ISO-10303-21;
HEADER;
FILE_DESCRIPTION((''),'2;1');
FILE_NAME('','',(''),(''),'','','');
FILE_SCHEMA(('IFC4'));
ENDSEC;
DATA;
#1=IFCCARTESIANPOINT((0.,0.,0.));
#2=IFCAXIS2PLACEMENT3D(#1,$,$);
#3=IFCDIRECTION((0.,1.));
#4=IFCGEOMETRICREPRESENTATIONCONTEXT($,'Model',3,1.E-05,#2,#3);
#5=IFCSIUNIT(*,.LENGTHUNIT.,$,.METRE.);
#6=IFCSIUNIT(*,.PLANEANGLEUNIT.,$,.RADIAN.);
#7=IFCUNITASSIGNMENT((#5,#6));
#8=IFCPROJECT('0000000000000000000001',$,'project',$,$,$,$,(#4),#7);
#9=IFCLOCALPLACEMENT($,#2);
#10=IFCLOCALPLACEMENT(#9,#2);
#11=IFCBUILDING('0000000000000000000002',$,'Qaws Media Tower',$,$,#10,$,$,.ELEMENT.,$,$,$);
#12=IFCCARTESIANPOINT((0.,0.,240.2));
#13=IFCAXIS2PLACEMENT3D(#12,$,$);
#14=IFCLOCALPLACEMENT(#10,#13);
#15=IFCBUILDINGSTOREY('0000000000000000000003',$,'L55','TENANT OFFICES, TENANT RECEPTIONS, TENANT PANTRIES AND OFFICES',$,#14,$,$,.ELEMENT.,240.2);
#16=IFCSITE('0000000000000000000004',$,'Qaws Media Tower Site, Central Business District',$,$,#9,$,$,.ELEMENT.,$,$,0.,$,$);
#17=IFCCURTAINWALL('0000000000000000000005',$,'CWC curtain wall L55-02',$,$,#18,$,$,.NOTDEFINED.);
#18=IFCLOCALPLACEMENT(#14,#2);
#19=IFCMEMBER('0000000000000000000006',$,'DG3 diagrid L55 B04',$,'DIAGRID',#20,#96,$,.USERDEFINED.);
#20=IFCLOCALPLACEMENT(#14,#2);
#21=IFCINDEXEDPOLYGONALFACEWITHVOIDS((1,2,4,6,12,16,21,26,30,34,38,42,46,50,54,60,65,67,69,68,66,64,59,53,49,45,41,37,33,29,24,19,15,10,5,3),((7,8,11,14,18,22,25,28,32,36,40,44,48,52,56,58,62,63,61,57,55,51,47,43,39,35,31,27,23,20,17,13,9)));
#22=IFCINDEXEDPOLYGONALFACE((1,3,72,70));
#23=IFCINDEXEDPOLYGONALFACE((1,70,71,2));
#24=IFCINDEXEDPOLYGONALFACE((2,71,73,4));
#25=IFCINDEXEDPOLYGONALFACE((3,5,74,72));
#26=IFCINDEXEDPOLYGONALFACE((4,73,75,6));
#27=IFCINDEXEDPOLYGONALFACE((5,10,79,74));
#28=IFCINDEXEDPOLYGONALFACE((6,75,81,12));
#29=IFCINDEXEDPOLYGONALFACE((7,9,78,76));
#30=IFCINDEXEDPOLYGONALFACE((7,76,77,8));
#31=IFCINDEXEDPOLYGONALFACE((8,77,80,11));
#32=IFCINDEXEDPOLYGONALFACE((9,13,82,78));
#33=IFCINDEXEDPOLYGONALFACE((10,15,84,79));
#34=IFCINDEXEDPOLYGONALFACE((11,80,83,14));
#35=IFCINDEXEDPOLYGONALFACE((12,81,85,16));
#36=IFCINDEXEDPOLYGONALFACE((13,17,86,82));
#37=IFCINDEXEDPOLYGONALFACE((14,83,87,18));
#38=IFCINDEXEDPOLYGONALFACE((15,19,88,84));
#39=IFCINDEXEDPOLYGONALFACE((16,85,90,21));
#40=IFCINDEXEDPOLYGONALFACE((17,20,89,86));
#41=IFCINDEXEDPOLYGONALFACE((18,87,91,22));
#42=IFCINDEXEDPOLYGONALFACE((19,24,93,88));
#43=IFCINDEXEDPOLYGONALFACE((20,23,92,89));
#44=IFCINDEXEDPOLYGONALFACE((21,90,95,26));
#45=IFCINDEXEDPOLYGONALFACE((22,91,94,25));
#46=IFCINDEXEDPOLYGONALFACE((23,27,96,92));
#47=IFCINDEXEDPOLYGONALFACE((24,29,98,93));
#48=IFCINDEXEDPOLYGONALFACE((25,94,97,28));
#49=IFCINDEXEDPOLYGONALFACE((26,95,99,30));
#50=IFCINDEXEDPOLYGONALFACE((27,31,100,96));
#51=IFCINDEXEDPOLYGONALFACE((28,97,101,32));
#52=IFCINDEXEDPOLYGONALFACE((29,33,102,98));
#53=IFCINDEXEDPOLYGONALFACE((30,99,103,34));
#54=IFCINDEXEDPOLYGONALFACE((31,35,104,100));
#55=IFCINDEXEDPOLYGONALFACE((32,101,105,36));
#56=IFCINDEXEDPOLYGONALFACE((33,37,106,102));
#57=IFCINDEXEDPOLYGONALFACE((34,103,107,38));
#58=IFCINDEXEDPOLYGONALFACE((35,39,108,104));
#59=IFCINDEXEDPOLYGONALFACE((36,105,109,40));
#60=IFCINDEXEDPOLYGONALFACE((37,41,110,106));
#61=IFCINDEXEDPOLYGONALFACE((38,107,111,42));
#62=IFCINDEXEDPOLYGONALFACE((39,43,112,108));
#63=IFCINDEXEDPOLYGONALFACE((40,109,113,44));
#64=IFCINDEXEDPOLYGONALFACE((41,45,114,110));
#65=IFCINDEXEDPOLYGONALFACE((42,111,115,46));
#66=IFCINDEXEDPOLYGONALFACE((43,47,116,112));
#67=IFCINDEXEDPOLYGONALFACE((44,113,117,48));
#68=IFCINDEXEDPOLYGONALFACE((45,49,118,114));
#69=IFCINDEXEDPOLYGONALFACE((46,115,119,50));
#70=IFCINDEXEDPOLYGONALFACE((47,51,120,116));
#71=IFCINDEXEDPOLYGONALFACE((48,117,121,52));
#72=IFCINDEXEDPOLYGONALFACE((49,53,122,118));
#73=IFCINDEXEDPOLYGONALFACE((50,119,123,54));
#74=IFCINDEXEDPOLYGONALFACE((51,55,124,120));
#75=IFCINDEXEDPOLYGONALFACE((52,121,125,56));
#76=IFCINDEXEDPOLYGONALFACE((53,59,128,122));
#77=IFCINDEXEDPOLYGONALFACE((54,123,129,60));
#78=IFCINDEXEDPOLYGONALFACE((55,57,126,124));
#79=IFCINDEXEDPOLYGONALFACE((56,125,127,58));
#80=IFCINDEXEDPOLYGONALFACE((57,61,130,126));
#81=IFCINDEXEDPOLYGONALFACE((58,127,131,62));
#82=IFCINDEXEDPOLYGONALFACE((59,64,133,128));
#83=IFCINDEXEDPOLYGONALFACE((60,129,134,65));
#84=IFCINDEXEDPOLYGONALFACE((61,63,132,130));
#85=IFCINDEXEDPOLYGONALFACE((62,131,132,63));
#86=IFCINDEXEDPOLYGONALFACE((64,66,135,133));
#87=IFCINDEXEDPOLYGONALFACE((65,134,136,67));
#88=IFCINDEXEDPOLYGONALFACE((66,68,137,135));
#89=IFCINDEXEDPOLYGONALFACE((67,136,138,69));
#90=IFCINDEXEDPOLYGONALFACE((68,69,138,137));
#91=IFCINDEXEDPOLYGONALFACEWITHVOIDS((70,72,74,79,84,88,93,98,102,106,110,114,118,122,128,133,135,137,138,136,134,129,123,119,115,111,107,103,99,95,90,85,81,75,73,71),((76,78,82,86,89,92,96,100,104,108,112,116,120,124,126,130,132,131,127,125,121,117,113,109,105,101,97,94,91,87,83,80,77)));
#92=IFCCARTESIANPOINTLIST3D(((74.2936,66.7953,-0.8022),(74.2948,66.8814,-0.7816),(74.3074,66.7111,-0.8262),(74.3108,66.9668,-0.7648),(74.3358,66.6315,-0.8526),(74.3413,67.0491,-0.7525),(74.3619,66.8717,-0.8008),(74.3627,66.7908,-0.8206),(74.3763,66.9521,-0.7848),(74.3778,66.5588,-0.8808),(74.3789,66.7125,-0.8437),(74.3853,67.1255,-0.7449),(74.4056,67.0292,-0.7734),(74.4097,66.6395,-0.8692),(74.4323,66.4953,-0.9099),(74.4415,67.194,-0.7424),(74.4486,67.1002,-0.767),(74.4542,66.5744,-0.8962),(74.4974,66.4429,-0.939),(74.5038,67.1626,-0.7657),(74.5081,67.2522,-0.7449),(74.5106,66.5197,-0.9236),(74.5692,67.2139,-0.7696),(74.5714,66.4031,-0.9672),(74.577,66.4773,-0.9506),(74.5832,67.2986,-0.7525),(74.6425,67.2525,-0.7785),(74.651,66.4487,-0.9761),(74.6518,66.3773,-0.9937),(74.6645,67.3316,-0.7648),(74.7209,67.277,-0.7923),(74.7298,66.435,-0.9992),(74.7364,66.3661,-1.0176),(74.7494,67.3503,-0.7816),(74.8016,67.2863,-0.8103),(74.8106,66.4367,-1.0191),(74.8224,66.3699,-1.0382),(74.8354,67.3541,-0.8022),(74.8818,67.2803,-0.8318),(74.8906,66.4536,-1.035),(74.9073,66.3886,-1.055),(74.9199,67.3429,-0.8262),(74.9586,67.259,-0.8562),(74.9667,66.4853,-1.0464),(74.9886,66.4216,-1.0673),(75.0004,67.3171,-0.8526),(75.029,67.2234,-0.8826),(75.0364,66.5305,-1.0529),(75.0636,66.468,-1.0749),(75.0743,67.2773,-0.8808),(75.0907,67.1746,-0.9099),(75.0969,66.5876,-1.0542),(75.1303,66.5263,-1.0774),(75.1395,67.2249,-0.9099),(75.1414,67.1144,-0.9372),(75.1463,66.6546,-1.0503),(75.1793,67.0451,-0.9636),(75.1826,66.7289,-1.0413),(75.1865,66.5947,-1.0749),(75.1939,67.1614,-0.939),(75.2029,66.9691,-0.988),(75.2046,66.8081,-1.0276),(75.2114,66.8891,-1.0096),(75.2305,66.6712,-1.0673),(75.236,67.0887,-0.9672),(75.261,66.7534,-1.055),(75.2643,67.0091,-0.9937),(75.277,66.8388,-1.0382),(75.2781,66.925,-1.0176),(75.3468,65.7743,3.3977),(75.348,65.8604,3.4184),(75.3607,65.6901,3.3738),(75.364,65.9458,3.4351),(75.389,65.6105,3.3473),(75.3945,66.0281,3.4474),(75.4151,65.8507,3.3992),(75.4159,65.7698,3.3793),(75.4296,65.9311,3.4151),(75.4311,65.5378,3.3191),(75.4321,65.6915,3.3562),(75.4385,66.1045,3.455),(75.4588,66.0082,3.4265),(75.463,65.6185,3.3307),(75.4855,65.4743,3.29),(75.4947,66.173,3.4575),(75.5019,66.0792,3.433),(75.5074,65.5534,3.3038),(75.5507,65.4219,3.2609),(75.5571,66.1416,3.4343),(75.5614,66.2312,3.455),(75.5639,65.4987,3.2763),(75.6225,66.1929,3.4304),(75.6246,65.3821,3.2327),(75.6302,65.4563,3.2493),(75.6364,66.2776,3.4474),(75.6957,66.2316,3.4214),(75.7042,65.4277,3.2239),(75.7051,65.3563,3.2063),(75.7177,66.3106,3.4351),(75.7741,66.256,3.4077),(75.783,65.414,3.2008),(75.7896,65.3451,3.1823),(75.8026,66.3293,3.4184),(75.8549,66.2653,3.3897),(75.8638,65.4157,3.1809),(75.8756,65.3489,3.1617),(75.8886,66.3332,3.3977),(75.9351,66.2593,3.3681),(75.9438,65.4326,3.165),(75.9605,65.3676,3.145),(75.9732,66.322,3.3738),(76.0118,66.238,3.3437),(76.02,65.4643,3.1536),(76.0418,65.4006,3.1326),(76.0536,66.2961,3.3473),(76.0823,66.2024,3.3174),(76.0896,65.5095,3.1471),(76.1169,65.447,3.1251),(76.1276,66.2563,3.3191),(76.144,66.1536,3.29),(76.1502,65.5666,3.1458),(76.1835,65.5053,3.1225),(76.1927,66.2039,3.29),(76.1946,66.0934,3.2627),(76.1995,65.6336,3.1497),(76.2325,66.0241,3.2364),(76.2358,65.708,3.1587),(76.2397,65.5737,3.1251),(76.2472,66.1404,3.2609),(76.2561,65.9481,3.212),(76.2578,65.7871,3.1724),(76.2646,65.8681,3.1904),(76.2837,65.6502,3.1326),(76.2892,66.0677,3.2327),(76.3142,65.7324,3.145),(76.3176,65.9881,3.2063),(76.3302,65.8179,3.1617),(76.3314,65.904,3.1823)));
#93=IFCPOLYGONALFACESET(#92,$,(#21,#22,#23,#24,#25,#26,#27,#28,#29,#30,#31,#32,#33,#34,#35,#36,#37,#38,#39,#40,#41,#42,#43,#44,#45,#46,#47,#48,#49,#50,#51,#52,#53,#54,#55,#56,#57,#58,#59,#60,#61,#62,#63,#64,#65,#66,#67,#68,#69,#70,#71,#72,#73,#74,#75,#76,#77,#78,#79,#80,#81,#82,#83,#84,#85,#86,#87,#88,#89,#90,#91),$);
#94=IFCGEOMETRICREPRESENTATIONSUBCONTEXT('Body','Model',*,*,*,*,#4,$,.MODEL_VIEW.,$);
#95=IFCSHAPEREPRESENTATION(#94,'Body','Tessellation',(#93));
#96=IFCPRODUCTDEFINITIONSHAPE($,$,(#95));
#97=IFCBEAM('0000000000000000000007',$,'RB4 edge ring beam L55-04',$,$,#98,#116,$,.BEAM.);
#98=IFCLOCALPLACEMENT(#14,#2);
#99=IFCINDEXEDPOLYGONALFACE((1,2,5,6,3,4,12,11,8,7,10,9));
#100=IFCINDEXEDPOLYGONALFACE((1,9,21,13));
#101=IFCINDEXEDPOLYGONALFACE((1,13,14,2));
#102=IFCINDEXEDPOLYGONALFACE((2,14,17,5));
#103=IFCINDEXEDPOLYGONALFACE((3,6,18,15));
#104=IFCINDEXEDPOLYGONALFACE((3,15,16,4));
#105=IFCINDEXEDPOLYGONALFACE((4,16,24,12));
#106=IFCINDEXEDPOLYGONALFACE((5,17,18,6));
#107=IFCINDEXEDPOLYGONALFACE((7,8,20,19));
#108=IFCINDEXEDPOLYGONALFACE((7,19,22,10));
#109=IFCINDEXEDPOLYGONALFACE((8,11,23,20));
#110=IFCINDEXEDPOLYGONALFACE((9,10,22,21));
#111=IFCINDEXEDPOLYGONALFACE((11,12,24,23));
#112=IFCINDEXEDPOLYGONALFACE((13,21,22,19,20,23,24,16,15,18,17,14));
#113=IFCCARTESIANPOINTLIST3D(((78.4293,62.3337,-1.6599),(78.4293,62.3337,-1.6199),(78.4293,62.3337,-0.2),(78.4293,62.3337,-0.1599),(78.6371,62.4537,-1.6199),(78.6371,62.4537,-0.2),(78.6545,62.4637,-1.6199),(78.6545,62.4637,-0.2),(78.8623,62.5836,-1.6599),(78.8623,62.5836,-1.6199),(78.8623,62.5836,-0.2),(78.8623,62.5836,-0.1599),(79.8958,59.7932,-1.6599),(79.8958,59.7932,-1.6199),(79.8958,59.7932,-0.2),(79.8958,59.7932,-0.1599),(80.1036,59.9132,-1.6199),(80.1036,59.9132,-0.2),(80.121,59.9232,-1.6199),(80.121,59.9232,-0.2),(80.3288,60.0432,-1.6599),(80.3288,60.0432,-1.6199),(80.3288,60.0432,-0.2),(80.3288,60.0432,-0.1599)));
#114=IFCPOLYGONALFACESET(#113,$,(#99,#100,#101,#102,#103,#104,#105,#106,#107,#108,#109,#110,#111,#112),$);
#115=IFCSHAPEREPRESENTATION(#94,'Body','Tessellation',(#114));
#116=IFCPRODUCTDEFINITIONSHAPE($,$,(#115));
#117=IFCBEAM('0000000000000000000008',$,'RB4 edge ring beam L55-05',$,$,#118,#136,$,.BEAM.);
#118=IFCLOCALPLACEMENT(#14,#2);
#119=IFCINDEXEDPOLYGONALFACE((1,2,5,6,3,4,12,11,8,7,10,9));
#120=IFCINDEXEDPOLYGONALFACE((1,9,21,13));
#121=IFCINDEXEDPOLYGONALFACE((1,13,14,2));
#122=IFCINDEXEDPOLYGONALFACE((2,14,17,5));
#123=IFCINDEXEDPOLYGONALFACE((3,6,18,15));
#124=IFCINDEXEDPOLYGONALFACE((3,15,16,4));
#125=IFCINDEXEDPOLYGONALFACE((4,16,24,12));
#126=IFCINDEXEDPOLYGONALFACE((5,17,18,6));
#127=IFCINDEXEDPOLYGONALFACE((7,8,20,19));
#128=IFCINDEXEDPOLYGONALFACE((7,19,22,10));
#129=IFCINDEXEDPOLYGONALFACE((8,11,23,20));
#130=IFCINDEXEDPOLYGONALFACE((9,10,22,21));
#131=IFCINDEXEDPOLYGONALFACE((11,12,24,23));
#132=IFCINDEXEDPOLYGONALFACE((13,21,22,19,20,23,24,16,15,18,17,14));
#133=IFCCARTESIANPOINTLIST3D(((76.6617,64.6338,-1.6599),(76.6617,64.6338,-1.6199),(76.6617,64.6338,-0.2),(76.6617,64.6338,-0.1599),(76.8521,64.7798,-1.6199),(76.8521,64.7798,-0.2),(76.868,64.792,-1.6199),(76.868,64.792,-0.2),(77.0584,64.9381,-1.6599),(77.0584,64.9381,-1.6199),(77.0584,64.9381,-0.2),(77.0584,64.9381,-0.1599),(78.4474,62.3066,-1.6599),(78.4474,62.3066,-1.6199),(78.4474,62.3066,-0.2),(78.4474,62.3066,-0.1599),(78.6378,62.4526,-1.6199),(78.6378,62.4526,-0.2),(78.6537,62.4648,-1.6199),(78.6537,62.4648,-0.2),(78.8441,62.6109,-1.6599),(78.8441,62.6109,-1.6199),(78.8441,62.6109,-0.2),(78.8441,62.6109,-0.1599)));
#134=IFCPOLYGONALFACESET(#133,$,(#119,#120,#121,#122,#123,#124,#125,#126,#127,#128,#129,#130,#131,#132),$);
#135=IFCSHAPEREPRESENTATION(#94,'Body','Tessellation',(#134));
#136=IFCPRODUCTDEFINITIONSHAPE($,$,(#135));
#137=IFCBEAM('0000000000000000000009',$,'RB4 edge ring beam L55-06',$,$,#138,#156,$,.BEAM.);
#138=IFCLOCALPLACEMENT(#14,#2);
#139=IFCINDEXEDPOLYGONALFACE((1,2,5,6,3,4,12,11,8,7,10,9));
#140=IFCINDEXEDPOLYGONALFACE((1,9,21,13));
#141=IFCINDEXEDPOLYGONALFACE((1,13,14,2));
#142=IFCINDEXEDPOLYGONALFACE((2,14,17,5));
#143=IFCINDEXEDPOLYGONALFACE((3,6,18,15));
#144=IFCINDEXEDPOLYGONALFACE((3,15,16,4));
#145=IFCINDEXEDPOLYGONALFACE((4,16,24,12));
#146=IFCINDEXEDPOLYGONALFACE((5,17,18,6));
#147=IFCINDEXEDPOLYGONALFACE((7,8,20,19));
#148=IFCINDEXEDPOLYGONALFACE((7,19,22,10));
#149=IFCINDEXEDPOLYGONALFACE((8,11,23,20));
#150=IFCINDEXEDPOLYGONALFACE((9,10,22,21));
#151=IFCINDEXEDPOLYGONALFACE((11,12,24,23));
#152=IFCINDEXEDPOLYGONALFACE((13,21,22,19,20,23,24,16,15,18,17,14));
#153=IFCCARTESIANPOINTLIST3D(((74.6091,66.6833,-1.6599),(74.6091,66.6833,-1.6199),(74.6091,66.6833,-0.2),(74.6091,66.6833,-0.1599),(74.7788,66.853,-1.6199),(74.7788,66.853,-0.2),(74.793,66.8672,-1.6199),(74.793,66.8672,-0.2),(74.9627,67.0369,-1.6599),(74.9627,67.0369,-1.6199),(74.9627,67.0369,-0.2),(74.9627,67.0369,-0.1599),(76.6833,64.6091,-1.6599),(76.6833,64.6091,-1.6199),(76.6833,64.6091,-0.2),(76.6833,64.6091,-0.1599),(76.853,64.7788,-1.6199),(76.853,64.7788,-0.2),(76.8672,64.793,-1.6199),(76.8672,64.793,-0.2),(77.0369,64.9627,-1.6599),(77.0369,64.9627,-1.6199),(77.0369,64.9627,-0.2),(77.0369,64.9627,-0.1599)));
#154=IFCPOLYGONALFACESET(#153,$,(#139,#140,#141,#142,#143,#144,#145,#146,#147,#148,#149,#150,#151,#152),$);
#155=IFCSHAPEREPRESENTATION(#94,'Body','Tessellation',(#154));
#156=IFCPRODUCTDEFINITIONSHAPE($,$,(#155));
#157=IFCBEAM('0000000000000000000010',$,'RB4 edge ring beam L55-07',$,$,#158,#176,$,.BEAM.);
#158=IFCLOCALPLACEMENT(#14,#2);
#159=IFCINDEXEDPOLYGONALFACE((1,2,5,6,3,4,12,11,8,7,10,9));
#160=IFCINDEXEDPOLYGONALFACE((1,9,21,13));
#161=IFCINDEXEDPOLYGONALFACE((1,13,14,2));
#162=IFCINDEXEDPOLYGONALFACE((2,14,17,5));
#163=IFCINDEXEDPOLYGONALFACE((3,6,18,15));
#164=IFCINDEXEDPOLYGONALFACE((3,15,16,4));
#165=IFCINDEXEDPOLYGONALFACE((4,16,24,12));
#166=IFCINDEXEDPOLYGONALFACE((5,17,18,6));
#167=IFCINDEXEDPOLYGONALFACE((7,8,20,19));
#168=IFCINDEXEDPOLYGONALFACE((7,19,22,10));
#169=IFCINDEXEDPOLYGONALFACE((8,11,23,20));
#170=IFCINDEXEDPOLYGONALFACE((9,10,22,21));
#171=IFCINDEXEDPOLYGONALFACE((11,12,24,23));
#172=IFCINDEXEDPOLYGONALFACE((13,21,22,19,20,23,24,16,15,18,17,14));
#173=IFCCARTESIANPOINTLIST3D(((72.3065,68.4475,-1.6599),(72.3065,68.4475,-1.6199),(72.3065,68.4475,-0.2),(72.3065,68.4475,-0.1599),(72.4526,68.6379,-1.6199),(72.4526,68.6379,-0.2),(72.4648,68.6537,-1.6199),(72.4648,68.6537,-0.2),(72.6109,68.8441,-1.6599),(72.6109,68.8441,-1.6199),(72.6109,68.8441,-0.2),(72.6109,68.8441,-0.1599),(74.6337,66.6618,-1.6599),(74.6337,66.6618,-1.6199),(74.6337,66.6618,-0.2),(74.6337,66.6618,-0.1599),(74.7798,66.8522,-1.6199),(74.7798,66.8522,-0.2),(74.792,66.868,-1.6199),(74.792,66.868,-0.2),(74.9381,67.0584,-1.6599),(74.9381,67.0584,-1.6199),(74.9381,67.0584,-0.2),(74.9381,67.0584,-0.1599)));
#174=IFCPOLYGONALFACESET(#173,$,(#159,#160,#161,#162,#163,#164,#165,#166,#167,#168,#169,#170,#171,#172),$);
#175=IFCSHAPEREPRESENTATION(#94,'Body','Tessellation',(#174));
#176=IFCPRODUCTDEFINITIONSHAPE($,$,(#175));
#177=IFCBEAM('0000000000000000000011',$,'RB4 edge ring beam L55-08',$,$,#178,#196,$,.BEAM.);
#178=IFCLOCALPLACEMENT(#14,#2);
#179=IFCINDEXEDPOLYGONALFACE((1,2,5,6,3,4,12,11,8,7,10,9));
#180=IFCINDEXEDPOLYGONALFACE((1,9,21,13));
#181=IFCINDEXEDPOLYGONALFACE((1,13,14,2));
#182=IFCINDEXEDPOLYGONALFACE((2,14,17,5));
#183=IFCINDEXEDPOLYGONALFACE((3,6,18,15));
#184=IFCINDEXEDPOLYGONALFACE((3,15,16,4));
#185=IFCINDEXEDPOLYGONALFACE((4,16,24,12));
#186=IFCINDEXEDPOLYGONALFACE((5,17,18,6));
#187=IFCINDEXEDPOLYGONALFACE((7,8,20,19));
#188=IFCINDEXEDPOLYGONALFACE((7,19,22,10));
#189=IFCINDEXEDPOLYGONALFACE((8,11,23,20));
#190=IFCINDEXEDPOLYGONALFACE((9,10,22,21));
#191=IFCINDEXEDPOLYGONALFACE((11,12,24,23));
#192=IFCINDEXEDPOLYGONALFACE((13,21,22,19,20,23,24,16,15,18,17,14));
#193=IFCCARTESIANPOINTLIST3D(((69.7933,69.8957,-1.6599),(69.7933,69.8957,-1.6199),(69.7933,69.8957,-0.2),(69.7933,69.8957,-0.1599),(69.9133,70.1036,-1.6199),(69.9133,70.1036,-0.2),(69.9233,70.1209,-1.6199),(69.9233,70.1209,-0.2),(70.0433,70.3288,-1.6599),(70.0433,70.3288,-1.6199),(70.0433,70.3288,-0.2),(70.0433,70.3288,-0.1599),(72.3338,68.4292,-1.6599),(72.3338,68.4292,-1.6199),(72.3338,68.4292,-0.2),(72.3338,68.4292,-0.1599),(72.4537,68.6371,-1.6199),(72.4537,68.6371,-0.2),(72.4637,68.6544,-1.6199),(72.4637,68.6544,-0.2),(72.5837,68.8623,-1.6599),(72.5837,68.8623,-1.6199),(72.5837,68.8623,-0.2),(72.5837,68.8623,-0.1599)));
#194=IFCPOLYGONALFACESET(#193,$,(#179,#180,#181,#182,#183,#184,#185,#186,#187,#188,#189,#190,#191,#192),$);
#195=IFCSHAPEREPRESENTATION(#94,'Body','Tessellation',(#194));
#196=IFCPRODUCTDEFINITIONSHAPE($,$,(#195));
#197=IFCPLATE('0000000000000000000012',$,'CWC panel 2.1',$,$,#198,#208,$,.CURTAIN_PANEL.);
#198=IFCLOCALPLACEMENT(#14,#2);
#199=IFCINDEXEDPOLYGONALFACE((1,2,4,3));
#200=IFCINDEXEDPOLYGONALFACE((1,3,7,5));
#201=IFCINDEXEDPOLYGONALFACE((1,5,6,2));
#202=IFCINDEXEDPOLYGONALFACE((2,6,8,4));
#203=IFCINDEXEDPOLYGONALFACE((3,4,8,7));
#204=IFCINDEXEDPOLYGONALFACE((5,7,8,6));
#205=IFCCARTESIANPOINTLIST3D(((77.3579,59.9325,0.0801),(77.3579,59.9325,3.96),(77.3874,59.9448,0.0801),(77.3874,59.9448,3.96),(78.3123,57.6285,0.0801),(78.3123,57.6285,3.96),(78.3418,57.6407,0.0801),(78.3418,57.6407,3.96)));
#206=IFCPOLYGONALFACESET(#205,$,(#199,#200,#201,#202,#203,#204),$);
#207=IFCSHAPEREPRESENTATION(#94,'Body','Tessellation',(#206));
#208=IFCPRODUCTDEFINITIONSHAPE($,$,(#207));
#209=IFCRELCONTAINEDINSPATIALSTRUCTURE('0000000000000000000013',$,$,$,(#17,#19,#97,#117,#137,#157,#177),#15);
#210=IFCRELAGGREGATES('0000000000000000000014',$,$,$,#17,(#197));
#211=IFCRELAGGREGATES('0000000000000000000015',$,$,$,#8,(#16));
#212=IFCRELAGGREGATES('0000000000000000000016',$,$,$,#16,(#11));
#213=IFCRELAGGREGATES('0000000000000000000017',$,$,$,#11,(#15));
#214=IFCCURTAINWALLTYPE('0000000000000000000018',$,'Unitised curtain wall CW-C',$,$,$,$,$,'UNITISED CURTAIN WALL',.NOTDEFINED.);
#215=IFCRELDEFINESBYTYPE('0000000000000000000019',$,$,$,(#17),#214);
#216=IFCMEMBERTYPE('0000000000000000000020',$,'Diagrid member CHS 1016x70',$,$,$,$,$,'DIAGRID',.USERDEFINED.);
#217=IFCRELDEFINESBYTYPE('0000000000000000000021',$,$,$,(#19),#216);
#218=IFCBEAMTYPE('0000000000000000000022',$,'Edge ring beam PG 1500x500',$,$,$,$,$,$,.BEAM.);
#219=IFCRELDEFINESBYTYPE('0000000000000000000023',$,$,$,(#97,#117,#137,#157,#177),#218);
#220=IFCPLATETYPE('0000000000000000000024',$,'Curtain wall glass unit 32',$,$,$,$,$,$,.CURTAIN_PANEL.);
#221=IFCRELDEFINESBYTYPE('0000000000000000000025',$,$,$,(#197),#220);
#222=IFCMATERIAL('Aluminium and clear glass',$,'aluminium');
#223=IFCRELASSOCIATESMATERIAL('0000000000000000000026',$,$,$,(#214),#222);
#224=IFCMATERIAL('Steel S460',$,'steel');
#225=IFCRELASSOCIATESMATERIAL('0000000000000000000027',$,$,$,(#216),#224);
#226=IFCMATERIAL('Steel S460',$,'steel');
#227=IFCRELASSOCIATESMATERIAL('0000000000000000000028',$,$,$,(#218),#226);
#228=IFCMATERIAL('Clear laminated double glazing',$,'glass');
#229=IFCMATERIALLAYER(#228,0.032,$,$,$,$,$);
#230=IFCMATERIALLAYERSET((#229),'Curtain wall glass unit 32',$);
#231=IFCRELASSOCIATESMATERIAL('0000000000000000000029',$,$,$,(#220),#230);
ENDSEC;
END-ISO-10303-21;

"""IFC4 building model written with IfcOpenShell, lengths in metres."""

from ifc_helpers import new_model, si_unit, direction, frame, origin, origin_2d, place, context, subcontext, project, spatial, rectangle, hollow_circle, i_section, extrude, material, layer, layer_set, material_profile, profile_set, type_object, element, aggregate, save


model = new_model("IFC4")

# Units and contexts
model_context = context("Model", 3, precision=1e-05, world=origin(), true_north=direction((0.0, 1.0)))
body_context = subcontext(model_context, "Body", "Model", "MODEL_VIEW")
ifc_project = project(units=[si_unit("LENGTHUNIT", "METRE"), si_unit("PLANEANGLEUNIT", "RADIAN")], contexts=[model_context])

# Site, building, storey
site_placement = place(None, origin())
site = spatial("IfcSite", under=ifc_project, at=site_placement, Name="Qaws Media Tower Site, Central Business District", CompositionType="ELEMENT", RefElevation=0.0)
building_placement = place(site_placement, origin())
building = spatial("IfcBuilding", under=site, at=building_placement, Name="Qaws Media Tower", CompositionType="ELEMENT")
storey_placement = place(building_placement, frame((0.0, 0.0, 240.2)))
storey = spatial("IfcBuildingStorey", under=building, at=storey_placement, Name="L55", Description="TENANT OFFICES, TENANT RECEPTIONS, TENANT PANTRIES AND OFFICES", CompositionType="ELEMENT", Elevation=240.2)

# Curtain wall
ifc_material_1 = material(Name="Aluminium and clear glass", Category="aluminium")
curtain_wall_type = type_object("IfcCurtainWallType", Name="Unitised curtain wall CW-C", ElementType="UNITISED CURTAIN WALL", PredefinedType="NOTDEFINED", material=ifc_material_1)
curtain_wall_1_placement = place(storey_placement, origin())
curtain_wall_1 = element("IfcCurtainWall", 1, at=curtain_wall_1_placement, inside=storey, type_object=curtain_wall_type, Name="CWC curtain wall L55-02", PredefinedType="NOTDEFINED")

# Member
ifc_material_2 = material(Name="Steel S460", Category="steel")
ifc_material_profile_1 = material_profile(ifc_material_2, hollow_circle(Radius=0.5081, WallThickness=0.0701, at=origin_2d()), Name="CHS 1016x70")
ifc_profile_set_1 = profile_set([ifc_material_profile_1], Name="Steel S460")
member_type_1 = type_object("IfcMemberType", Name="Diagrid member CHS 1016x70", ElementType="DIAGRID", PredefinedType="USERDEFINED", material=ifc_profile_set_1)
for number, where, z_axis, x_axis, name in (
    (2, (74.7859, 66.8601, -0.9099), (0.236746, -0.229502, 0.944076), (0.696037, 0.718006, 0.0), "DG3 diagrid L55 B04"),
):
    element("IfcMember", number, at=place(storey_placement, frame(where, z_axis=z_axis, x_axis=x_axis)), inside=storey, type_object=member_type_1, Name=name, ObjectType="DIAGRID", PredefinedType="USERDEFINED", context=body_context, shape_type="SweptSolid", body=[
        extrude(hollow_circle(Radius=0.5081, WallThickness=0.0701, at=origin_2d()), origin(), (0.0, 0.0, 1.0), 4.4487),
    ])

# Beams
ifc_material_3 = material(Name="Steel S460", Category="steel")
ifc_material_profile_2 = material_profile(ifc_material_3, i_section(OverallWidth=0.5, OverallDepth=1.5, WebThickness=0.02, FlangeThickness=0.04, at=origin_2d()), Name="PG 1500x500")
ifc_profile_set_2 = profile_set([ifc_material_profile_2], Name="Steel S460")
beam_type = type_object("IfcBeamType", Name="Edge ring beam PG 1500x500", PredefinedType="BEAM", material=ifc_profile_set_2)
for number, where, z_axis, x_axis, name in (
    (3, (80.1123, 59.9182, -0.9099), (-0.499943, 0.866058, 0.0), (-0.866058, -0.499943, 0.0), "RB4 edge ring beam L55-04"),
    (4, (78.6458, 62.4587, -0.9099), (-0.608753, 0.79336, 0.0), (-0.79336, -0.608753, 0.0), "RB4 edge ring beam L55-05"),
    (5, (76.8601, 64.7859, -0.9099), (-0.707107, 0.707107, 0.0), (-0.707107, -0.707107, 0.0), "RB4 edge ring beam L55-06"),
    (6, (74.7859, 66.8601, -0.9099), (-0.79336, 0.608753, 0.0), (-0.608753, -0.79336, 0.0), "RB4 edge ring beam L55-07"),
    (7, (72.4587, 68.6458, -0.9099), (-0.866058, 0.499943, 0.0), (-0.499943, -0.866058, 0.0), "RB4 edge ring beam L55-08"),
):
    element("IfcBeam", number, at=place(storey_placement, frame(where, z_axis=z_axis, x_axis=x_axis)), inside=storey, type_object=beam_type, Name=name, PredefinedType="BEAM", context=body_context, shape_type="SweptSolid", body=[
        extrude(i_section(OverallWidth=0.5, OverallDepth=1.5, WebThickness=0.02, FlangeThickness=0.04, at=origin_2d()), origin(), (0.0, 0.0, 1.0), 2.9333),
    ])

# Plate
ifc_material_4 = material(Name="Clear laminated double glazing", Category="glass")
ifc_layer_1 = layer(ifc_material_4, 0.032)
ifc_layer_set_1 = layer_set([ifc_layer_1], Name="Curtain wall glass unit 32")
plate_type_1 = type_object("IfcPlateType", Name="Curtain wall glass unit 32", PredefinedType="CURTAIN_PANEL", material=ifc_layer_set_1)
plate_1_placement = place(storey_placement, frame((77.8499, 58.7866, 0.0801), z_axis=(0.0, 0.0, 1.0), x_axis=(-0.382683, 0.92388, 0.0)))
plate_1 = element("IfcPlate", 8, at=plate_1_placement, type_object=plate_type_1, Name="CWC panel 2.1", PredefinedType="CURTAIN_PANEL", context=body_context, shape_type="SweptSolid", body=[
    extrude(rectangle(XDim=2.4939, YDim=0.032, at=origin_2d()), origin(), (0.0, 0.0, 1.0), 3.8799),
])
aggregate(curtain_wall_1, [plate_1])

save(model, "model.ifc")
